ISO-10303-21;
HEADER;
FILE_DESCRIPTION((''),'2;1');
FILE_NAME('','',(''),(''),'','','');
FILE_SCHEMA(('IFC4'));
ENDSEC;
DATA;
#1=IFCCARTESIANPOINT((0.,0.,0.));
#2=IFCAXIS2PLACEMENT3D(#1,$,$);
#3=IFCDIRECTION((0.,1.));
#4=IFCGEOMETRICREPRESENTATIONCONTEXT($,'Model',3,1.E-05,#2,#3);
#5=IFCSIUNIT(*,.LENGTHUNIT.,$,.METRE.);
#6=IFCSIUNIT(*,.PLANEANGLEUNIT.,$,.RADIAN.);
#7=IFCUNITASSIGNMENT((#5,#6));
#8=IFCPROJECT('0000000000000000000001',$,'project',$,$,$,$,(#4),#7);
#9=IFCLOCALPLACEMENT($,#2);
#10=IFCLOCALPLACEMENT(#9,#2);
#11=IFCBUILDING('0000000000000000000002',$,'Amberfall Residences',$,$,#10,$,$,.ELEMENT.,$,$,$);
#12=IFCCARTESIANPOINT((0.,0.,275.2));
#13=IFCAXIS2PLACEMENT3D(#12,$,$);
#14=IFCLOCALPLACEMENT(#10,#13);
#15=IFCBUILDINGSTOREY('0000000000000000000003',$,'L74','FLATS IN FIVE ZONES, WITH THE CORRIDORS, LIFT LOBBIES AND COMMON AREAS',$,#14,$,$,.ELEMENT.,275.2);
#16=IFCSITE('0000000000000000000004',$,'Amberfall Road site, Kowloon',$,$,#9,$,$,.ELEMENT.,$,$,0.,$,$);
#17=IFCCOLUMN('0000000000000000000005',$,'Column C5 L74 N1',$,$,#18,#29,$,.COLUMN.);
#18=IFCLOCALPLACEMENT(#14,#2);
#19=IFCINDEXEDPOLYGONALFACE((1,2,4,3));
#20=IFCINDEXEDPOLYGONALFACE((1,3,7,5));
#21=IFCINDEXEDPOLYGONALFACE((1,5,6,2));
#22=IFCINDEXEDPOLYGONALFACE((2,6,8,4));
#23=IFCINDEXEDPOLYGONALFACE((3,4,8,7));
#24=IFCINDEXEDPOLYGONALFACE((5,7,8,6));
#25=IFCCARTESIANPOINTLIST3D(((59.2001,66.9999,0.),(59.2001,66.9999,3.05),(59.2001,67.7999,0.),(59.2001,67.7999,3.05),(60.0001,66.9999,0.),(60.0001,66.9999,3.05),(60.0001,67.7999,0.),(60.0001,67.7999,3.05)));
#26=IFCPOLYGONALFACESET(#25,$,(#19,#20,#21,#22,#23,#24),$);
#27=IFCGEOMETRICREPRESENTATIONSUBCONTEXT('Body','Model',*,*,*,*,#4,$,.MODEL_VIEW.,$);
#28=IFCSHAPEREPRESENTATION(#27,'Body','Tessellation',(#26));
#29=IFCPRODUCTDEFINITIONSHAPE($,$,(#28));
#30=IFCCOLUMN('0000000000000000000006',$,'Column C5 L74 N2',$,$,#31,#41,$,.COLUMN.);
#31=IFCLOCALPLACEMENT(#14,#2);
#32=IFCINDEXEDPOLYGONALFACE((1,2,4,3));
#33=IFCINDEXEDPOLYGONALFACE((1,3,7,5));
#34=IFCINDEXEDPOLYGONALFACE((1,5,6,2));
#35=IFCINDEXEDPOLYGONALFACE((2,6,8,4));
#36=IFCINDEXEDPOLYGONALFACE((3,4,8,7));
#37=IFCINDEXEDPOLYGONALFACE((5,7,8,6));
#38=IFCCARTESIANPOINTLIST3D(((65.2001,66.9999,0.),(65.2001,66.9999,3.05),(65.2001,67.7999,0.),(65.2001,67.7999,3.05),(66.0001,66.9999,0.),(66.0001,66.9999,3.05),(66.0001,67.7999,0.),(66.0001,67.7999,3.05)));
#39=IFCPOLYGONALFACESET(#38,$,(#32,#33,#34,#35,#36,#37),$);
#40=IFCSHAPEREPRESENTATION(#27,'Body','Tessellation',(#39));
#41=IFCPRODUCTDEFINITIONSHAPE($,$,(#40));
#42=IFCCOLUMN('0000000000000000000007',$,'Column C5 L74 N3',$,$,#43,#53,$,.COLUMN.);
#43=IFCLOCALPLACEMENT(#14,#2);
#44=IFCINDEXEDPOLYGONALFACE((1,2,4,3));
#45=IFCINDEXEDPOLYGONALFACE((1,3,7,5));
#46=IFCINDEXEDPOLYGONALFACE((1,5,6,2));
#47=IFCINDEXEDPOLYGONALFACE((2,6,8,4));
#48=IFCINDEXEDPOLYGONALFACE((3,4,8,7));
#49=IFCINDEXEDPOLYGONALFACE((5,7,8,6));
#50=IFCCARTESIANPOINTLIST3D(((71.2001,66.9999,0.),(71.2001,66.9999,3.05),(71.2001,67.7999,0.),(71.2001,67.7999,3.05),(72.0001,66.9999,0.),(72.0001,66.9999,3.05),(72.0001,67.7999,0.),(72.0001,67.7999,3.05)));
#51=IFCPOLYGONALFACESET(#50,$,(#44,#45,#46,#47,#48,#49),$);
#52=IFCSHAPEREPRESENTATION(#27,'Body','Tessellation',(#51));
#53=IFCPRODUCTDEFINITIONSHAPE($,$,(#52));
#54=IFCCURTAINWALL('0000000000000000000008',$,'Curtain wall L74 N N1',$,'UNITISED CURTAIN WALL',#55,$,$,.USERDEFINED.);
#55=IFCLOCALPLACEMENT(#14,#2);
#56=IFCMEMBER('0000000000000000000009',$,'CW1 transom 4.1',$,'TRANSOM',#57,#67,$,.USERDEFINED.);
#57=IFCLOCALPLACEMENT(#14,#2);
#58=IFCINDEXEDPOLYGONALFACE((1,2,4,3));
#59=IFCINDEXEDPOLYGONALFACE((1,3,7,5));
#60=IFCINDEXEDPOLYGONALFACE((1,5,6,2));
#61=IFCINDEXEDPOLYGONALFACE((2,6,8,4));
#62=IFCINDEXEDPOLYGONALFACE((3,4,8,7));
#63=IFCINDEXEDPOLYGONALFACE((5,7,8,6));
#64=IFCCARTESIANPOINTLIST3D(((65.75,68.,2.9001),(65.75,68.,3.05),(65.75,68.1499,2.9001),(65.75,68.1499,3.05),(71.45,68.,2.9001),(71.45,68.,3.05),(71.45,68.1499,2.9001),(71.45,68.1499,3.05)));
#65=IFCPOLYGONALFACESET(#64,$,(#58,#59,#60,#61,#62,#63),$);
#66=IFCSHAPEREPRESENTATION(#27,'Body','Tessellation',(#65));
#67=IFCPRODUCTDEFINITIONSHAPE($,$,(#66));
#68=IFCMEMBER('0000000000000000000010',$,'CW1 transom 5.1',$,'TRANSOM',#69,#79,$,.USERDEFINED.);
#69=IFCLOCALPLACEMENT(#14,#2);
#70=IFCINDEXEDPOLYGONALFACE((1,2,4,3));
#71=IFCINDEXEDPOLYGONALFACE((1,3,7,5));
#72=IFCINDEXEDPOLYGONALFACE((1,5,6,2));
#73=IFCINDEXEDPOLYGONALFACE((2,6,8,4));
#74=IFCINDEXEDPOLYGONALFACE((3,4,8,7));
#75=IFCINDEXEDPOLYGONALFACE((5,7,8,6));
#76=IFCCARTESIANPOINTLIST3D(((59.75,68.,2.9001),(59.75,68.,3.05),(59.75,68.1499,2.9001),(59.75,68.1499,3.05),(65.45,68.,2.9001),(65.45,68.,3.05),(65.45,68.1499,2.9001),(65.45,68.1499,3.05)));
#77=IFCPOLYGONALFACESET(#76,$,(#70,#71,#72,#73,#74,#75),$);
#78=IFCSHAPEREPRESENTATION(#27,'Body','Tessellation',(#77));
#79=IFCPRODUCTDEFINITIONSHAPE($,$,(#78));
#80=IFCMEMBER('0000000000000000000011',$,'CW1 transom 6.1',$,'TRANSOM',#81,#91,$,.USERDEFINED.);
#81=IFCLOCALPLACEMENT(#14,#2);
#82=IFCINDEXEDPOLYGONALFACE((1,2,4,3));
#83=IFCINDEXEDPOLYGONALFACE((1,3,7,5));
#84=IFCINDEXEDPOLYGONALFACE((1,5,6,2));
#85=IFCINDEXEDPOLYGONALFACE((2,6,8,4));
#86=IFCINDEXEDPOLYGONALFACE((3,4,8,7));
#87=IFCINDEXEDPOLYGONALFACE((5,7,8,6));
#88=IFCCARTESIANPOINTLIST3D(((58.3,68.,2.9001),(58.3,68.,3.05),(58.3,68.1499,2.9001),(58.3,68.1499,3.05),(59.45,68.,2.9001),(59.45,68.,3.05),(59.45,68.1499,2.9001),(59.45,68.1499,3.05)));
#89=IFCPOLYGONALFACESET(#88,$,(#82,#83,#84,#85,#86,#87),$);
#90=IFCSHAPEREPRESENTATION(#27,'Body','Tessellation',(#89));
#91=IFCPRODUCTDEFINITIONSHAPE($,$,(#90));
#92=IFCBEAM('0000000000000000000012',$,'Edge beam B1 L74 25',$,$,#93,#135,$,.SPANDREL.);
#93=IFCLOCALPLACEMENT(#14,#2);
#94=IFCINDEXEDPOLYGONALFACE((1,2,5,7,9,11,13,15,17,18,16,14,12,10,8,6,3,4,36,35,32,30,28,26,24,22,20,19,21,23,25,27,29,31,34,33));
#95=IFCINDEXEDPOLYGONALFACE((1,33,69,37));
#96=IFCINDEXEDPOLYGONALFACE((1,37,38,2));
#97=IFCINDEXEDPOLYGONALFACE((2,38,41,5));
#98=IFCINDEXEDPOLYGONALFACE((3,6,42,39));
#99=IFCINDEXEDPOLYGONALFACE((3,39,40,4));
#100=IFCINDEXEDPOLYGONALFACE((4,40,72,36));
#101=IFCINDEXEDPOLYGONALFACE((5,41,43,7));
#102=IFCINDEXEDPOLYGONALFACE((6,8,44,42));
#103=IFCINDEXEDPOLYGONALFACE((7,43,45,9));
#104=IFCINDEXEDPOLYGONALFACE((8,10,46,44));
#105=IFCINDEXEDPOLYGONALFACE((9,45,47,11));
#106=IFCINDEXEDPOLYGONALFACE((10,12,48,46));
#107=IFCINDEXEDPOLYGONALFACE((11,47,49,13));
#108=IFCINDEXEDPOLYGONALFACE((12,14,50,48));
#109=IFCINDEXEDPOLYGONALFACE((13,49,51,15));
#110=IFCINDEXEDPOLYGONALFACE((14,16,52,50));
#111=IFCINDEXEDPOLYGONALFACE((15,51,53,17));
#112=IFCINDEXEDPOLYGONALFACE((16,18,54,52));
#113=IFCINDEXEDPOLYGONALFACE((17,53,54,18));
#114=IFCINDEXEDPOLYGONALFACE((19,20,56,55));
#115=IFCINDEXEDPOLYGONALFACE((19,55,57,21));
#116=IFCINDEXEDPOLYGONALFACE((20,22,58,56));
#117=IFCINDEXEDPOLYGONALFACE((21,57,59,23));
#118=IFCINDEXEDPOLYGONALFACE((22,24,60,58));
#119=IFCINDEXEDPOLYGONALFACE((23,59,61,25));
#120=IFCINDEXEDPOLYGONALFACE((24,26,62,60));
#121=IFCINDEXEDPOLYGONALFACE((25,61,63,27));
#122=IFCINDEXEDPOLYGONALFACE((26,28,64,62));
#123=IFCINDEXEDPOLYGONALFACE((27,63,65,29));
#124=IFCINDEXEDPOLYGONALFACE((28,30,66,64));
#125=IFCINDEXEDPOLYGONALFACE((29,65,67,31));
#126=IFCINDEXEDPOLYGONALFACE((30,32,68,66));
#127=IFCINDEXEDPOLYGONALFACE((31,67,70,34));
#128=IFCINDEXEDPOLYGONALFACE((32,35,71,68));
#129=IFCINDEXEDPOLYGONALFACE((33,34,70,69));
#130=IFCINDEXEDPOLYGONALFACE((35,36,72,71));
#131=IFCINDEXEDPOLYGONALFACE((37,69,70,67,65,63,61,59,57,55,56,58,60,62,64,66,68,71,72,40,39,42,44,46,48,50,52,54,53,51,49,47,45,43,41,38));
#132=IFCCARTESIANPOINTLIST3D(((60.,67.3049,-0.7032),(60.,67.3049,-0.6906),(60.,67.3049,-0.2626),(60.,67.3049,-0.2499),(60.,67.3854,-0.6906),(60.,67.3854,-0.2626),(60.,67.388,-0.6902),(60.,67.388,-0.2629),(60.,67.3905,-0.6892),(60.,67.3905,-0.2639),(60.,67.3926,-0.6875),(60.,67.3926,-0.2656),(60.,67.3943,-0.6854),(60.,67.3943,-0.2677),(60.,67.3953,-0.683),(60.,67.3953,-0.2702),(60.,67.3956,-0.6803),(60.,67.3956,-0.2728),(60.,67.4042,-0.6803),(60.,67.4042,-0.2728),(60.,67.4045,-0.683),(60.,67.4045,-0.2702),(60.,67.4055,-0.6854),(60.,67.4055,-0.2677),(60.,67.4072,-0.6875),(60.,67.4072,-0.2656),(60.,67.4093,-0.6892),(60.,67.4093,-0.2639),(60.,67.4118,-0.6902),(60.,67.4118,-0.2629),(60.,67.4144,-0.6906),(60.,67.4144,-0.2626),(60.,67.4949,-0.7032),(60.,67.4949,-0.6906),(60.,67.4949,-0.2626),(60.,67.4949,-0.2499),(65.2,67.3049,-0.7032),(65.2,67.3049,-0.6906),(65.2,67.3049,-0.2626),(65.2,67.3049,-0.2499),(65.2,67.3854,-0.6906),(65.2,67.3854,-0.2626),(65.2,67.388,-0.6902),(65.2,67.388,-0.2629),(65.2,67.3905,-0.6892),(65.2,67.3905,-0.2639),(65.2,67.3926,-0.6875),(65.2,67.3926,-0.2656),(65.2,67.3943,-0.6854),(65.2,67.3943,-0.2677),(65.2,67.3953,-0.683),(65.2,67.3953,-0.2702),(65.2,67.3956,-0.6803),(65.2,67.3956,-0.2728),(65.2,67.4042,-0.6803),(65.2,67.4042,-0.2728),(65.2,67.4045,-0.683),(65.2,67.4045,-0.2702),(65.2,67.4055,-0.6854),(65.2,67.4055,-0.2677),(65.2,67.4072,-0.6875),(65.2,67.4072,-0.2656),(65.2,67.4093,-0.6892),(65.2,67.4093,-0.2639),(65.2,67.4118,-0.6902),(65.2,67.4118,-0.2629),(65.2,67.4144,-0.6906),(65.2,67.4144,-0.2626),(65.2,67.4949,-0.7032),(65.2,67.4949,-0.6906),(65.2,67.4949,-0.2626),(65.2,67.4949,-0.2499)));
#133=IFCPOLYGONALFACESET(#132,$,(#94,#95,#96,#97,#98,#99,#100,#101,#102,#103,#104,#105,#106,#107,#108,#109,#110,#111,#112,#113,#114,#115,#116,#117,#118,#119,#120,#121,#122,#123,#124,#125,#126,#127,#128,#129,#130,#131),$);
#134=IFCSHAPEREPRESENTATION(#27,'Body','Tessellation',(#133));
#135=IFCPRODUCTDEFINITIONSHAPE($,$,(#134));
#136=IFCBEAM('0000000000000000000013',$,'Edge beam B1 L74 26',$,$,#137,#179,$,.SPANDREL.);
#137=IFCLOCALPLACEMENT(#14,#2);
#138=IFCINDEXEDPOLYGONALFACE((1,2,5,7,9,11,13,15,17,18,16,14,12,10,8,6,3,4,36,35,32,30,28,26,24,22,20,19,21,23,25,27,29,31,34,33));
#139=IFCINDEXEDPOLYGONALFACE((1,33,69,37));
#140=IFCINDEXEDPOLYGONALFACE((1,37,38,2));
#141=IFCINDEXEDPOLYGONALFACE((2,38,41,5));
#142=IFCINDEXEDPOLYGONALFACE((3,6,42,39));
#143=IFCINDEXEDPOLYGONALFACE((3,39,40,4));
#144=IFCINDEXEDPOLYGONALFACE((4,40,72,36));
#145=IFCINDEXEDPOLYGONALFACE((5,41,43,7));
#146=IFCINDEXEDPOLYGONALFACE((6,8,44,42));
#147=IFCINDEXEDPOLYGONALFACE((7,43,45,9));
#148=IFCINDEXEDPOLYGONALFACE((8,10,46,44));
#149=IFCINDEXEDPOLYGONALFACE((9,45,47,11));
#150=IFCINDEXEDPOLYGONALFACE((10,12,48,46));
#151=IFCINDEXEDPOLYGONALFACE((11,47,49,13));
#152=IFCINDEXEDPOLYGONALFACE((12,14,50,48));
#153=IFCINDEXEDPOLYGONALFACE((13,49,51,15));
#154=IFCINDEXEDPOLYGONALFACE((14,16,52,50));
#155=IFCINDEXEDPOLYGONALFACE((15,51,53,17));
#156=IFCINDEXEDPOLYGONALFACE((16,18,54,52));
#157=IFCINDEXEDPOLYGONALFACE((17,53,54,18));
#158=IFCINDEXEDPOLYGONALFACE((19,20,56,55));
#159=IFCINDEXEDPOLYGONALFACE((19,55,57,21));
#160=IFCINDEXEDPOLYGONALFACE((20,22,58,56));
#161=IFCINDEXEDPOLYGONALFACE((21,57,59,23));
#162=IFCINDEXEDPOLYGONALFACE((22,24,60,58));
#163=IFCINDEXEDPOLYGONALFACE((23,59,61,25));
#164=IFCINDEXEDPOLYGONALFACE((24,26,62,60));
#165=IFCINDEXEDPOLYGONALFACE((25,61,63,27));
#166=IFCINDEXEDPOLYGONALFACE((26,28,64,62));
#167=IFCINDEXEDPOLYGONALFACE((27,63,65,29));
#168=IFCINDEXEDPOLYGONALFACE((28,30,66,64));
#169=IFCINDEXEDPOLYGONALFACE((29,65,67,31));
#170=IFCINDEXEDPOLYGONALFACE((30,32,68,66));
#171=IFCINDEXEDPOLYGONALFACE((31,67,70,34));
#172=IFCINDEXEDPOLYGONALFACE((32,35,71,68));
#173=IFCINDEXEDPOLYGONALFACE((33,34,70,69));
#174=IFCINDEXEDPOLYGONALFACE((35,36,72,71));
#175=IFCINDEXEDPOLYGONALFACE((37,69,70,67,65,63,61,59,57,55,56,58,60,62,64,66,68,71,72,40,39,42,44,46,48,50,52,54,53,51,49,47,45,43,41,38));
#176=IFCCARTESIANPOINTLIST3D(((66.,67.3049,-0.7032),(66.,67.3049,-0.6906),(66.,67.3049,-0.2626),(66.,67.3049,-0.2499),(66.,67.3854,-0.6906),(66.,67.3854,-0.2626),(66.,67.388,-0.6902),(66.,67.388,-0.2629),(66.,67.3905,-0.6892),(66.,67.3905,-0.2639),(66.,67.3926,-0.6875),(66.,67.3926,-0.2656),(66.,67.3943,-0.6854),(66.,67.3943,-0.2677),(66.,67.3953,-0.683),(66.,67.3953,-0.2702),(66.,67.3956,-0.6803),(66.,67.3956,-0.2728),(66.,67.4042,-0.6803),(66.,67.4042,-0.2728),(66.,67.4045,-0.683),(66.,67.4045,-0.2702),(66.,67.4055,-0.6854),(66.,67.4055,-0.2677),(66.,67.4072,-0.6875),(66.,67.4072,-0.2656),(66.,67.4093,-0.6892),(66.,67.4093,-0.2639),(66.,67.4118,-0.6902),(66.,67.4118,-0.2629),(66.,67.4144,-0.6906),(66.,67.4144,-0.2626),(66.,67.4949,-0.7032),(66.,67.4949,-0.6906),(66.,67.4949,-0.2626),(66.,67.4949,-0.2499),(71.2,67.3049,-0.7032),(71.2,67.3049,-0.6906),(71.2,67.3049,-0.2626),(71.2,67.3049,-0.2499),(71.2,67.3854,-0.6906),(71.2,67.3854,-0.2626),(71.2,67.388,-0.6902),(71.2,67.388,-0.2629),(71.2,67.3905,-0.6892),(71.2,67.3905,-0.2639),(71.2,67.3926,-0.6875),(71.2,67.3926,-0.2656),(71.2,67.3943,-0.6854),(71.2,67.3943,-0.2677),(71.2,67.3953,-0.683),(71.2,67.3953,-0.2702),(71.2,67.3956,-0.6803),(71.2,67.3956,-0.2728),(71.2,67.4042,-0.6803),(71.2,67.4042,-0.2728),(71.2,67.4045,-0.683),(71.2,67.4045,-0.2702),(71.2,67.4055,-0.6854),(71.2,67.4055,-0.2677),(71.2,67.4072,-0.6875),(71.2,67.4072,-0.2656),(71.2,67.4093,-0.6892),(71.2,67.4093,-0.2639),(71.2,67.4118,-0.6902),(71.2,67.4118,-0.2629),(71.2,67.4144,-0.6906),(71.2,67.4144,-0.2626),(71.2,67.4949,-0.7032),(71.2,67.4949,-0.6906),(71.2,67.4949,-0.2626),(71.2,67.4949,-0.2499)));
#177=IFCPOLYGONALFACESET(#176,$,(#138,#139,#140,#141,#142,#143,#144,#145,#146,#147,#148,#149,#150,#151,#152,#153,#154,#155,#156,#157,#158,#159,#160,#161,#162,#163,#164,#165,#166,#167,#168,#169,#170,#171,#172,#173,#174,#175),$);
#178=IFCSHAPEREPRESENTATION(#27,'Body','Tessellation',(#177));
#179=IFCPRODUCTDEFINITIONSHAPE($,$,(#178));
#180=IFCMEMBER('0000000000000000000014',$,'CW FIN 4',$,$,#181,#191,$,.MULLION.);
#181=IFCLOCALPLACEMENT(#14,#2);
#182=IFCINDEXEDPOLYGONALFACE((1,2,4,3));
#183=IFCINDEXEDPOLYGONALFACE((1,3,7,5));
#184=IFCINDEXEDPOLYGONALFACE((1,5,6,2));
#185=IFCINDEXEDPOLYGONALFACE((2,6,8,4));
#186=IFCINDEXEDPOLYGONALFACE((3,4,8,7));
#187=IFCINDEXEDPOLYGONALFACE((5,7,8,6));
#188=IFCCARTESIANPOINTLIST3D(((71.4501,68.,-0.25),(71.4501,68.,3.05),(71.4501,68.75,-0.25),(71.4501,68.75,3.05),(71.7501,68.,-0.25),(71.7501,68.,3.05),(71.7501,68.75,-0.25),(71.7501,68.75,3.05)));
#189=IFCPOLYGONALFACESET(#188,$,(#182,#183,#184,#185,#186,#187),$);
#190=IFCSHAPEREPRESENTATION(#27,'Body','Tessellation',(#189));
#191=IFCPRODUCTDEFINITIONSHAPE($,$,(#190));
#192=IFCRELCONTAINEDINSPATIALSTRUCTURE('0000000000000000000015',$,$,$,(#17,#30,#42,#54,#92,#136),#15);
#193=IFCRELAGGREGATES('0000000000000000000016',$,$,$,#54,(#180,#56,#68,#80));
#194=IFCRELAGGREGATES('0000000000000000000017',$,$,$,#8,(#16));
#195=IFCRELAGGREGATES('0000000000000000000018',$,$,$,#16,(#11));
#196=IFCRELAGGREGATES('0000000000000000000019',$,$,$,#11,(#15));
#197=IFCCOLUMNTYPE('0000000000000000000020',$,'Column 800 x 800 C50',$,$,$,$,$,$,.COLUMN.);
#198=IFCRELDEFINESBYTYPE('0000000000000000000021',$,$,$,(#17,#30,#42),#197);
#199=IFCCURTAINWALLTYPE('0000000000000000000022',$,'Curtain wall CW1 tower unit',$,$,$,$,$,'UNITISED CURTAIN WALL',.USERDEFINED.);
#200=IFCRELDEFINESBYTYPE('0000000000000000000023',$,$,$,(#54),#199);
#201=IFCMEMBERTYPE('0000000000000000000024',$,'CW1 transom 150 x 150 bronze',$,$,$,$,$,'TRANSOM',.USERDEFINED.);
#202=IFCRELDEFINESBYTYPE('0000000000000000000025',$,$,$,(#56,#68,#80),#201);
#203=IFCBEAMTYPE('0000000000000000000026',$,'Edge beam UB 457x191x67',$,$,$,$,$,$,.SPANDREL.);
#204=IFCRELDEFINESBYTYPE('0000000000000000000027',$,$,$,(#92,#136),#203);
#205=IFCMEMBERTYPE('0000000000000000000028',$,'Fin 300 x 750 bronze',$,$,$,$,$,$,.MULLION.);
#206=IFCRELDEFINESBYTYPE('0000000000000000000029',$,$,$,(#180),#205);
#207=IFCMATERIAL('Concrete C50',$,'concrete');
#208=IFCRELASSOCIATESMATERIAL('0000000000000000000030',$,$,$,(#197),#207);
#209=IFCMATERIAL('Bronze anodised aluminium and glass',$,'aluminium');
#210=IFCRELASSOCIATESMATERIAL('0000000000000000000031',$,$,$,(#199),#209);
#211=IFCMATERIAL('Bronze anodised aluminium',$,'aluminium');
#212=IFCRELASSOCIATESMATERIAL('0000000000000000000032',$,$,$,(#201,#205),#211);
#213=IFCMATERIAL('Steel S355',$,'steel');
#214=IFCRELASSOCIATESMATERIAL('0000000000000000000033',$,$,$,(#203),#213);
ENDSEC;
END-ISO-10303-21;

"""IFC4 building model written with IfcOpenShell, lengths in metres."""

from ifc_helpers import new_model, si_unit, direction, frame, origin, origin_2d, place, context, subcontext, project, spatial, rectangle, i_section, extrude, material, material_profile, profile_set, type_object, element, aggregate, save


model = new_model("IFC4")

# Units and contexts
model_context = context("Model", 3, precision=1e-05, world=origin(), true_north=direction((0.0, 1.0)))
body_context = subcontext(model_context, "Body", "Model", "MODEL_VIEW")
ifc_project = project(units=[si_unit("LENGTHUNIT", "METRE"), si_unit("PLANEANGLEUNIT", "RADIAN")], contexts=[model_context])

# Site, building, storey
site_placement = place(None, origin())
site = spatial("IfcSite", under=ifc_project, at=site_placement, Name="Amberfall Road site, Kowloon", CompositionType="ELEMENT", RefElevation=0.0)
building_placement = place(site_placement, origin())
building = spatial("IfcBuilding", under=site, at=building_placement, Name="Amberfall Residences", CompositionType="ELEMENT")
storey_placement = place(building_placement, frame((0.0, 0.0, 275.2)))
storey = spatial("IfcBuildingStorey", under=building, at=storey_placement, Name="L74", Description="FLATS IN FIVE ZONES, WITH THE CORRIDORS, LIFT LOBBIES AND COMMON AREAS", CompositionType="ELEMENT", Elevation=275.2)

# Columns
ifc_material_1 = material(Name="Concrete C50", Category="concrete")
ifc_material_profile_1 = material_profile(ifc_material_1, rectangle(XDim=0.8, YDim=0.8, at=origin_2d()), Name="Column 800 x 800 C50")
ifc_profile_set_1 = profile_set([ifc_material_profile_1], Name="Concrete C50")
column_type = type_object("IfcColumnType", Name="Column 800 x 800 C50", PredefinedType="COLUMN", material=ifc_profile_set_1)
for number, where, z_axis, x_axis, name in (
    (1, (59.6001, 67.3999, 0.0), (0.0, 0.0, 1.0), (1.0, 0.0, 0.0), "Column C5 L74 N1"),
    (2, (65.6001, 67.3999, 0.0), (0.0, 0.0, 1.0), (1.0, 0.0, 0.0), "Column C5 L74 N2"),
    (3, (71.6001, 67.3999, 0.0), (0.0, 0.0, 1.0), (1.0, 0.0, 0.0), "Column C5 L74 N3"),
):
    element("IfcColumn", number, at=place(storey_placement, frame(where, z_axis=z_axis, x_axis=x_axis)), inside=storey, type_object=column_type, Name=name, PredefinedType="COLUMN", context=body_context, shape_type="SweptSolid", body=[
        extrude(rectangle(XDim=0.8, YDim=0.8, at=origin_2d()), origin(), (0.0, 0.0, 1.0), 3.05),
    ])

# Curtain wall, members
ifc_material_2 = material(Name="Bronze anodised aluminium and glass", Category="aluminium")
curtain_wall_type = type_object("IfcCurtainWallType", Name="Curtain wall CW1 tower unit", ElementType="UNITISED CURTAIN WALL", PredefinedType="USERDEFINED", material=ifc_material_2)
curtain_wall_placement = place(storey_placement, origin())
curtain_wall = element("IfcCurtainWall", 4, at=curtain_wall_placement, inside=storey, type_object=curtain_wall_type, Name="Curtain wall L74 N N1", ObjectType="UNITISED CURTAIN WALL", PredefinedType="USERDEFINED")
ifc_material_3 = material(Name="Bronze anodised aluminium", Category="aluminium")
ifc_material_profile_2 = material_profile(ifc_material_3, rectangle(XDim=0.1499, YDim=0.1499, at=origin_2d()), Name="CW1 transom 150 x 150 bronze")
ifc_profile_set_2 = profile_set([ifc_material_profile_2], Name="Bronze anodised aluminium")
member_type_1 = type_object("IfcMemberType", Name="CW1 transom 150 x 150 bronze", ElementType="TRANSOM", PredefinedType="USERDEFINED", material=ifc_profile_set_2)
member_1_placement = place(storey_placement, frame((71.45, 68.075, 2.9751), z_axis=(-1.0, 0.0, 0.0), x_axis=(0.0, -1.0, 0.0)))
member_1 = element("IfcMember", 5, at=member_1_placement, type_object=member_type_1, Name="CW1 transom 4.1", ObjectType="TRANSOM", PredefinedType="USERDEFINED", context=body_context, shape_type="SweptSolid", body=[
    extrude(rectangle(XDim=0.1499, YDim=0.1499, at=origin_2d()), origin(), (0.0, 0.0, 1.0), 5.7),
])
member_2_placement = place(storey_placement, frame((65.45, 68.075, 2.9751), z_axis=(-1.0, 0.0, 0.0), x_axis=(0.0, -1.0, 0.0)))
member_2 = element("IfcMember", 6, at=member_2_placement, type_object=member_type_1, Name="CW1 transom 5.1", ObjectType="TRANSOM", PredefinedType="USERDEFINED", context=body_context, shape_type="SweptSolid", body=[
    extrude(rectangle(XDim=0.1499, YDim=0.1499, at=origin_2d()), origin(), (0.0, 0.0, 1.0), 5.7),
])
member_3_placement = place(storey_placement, frame((59.45, 68.075, 2.9751), z_axis=(-1.0, 0.0, 0.0), x_axis=(0.0, -1.0, 0.0)))
member_3 = element("IfcMember", 7, at=member_3_placement, type_object=member_type_1, Name="CW1 transom 6.1", ObjectType="TRANSOM", PredefinedType="USERDEFINED", context=body_context, shape_type="SweptSolid", body=[
    extrude(rectangle(XDim=0.1499, YDim=0.1499, at=origin_2d()), origin(), (0.0, 0.0, 1.0), 1.1499),
])

# Beams
ifc_material_4 = material(Name="Steel S355", Category="steel")
ifc_material_profile_3 = material_profile(ifc_material_4, i_section(OverallWidth=0.1899, OverallDepth=0.4534, WebThickness=0.0085, FlangeThickness=0.0127, FilletRadius=0.0103, at=origin_2d()), Name="UB 457x191x67")
ifc_profile_set_3 = profile_set([ifc_material_profile_3], Name="Steel S355")
beam_type_1 = type_object("IfcBeamType", Name="Edge beam UB 457x191x67", PredefinedType="SPANDREL", material=ifc_profile_set_3)
for number, where, z_axis, x_axis, name in (
    (8, (60.0, 67.3999, -0.4766), (1.0, 0.0, 0.0), (0.0, 1.0, 0.0), "Edge beam B1 L74 25"),
    (9, (66.0, 67.3999, -0.4766), (1.0, 0.0, 0.0), (0.0, 1.0, 0.0), "Edge beam B1 L74 26"),
):
    element("IfcBeam", number, at=place(storey_placement, frame(where, z_axis=z_axis, x_axis=x_axis)), inside=storey, type_object=beam_type_1, Name=name, PredefinedType="SPANDREL", context=body_context, shape_type="SweptSolid", body=[
        extrude(i_section(OverallWidth=0.1899, OverallDepth=0.4534, WebThickness=0.0085, FlangeThickness=0.0127, FilletRadius=0.0103, at=origin_2d()), origin(), (0.0, 0.0, 1.0), 5.2),
    ])

# Member
ifc_material_profile_4 = material_profile(ifc_material_3, rectangle(XDim=0.75, YDim=0.3, at=origin_2d()), Name="Fin 300 x 750 bronze")
ifc_profile_set_4 = profile_set([ifc_material_profile_4], Name="Bronze anodised aluminium")
member_type_2 = type_object("IfcMemberType", Name="Fin 300 x 750 bronze", PredefinedType="MULLION", material=ifc_profile_set_4)
member_4_placement = place(storey_placement, frame((71.6001, 68.375, -0.25), z_axis=(0.0, 0.0, 1.0), x_axis=(0.0, -1.0, 0.0)))
member_4 = element("IfcMember", 10, at=member_4_placement, type_object=member_type_2, Name="CW FIN 4", PredefinedType="MULLION", context=body_context, shape_type="SweptSolid", body=[
    extrude(rectangle(XDim=0.75, YDim=0.3, at=origin_2d()), origin(), (0.0, 0.0, 1.0), 3.3),
])

aggregate(curtain_wall, [member_4, member_1, member_2, member_3])

save(model, "model.ifc")
